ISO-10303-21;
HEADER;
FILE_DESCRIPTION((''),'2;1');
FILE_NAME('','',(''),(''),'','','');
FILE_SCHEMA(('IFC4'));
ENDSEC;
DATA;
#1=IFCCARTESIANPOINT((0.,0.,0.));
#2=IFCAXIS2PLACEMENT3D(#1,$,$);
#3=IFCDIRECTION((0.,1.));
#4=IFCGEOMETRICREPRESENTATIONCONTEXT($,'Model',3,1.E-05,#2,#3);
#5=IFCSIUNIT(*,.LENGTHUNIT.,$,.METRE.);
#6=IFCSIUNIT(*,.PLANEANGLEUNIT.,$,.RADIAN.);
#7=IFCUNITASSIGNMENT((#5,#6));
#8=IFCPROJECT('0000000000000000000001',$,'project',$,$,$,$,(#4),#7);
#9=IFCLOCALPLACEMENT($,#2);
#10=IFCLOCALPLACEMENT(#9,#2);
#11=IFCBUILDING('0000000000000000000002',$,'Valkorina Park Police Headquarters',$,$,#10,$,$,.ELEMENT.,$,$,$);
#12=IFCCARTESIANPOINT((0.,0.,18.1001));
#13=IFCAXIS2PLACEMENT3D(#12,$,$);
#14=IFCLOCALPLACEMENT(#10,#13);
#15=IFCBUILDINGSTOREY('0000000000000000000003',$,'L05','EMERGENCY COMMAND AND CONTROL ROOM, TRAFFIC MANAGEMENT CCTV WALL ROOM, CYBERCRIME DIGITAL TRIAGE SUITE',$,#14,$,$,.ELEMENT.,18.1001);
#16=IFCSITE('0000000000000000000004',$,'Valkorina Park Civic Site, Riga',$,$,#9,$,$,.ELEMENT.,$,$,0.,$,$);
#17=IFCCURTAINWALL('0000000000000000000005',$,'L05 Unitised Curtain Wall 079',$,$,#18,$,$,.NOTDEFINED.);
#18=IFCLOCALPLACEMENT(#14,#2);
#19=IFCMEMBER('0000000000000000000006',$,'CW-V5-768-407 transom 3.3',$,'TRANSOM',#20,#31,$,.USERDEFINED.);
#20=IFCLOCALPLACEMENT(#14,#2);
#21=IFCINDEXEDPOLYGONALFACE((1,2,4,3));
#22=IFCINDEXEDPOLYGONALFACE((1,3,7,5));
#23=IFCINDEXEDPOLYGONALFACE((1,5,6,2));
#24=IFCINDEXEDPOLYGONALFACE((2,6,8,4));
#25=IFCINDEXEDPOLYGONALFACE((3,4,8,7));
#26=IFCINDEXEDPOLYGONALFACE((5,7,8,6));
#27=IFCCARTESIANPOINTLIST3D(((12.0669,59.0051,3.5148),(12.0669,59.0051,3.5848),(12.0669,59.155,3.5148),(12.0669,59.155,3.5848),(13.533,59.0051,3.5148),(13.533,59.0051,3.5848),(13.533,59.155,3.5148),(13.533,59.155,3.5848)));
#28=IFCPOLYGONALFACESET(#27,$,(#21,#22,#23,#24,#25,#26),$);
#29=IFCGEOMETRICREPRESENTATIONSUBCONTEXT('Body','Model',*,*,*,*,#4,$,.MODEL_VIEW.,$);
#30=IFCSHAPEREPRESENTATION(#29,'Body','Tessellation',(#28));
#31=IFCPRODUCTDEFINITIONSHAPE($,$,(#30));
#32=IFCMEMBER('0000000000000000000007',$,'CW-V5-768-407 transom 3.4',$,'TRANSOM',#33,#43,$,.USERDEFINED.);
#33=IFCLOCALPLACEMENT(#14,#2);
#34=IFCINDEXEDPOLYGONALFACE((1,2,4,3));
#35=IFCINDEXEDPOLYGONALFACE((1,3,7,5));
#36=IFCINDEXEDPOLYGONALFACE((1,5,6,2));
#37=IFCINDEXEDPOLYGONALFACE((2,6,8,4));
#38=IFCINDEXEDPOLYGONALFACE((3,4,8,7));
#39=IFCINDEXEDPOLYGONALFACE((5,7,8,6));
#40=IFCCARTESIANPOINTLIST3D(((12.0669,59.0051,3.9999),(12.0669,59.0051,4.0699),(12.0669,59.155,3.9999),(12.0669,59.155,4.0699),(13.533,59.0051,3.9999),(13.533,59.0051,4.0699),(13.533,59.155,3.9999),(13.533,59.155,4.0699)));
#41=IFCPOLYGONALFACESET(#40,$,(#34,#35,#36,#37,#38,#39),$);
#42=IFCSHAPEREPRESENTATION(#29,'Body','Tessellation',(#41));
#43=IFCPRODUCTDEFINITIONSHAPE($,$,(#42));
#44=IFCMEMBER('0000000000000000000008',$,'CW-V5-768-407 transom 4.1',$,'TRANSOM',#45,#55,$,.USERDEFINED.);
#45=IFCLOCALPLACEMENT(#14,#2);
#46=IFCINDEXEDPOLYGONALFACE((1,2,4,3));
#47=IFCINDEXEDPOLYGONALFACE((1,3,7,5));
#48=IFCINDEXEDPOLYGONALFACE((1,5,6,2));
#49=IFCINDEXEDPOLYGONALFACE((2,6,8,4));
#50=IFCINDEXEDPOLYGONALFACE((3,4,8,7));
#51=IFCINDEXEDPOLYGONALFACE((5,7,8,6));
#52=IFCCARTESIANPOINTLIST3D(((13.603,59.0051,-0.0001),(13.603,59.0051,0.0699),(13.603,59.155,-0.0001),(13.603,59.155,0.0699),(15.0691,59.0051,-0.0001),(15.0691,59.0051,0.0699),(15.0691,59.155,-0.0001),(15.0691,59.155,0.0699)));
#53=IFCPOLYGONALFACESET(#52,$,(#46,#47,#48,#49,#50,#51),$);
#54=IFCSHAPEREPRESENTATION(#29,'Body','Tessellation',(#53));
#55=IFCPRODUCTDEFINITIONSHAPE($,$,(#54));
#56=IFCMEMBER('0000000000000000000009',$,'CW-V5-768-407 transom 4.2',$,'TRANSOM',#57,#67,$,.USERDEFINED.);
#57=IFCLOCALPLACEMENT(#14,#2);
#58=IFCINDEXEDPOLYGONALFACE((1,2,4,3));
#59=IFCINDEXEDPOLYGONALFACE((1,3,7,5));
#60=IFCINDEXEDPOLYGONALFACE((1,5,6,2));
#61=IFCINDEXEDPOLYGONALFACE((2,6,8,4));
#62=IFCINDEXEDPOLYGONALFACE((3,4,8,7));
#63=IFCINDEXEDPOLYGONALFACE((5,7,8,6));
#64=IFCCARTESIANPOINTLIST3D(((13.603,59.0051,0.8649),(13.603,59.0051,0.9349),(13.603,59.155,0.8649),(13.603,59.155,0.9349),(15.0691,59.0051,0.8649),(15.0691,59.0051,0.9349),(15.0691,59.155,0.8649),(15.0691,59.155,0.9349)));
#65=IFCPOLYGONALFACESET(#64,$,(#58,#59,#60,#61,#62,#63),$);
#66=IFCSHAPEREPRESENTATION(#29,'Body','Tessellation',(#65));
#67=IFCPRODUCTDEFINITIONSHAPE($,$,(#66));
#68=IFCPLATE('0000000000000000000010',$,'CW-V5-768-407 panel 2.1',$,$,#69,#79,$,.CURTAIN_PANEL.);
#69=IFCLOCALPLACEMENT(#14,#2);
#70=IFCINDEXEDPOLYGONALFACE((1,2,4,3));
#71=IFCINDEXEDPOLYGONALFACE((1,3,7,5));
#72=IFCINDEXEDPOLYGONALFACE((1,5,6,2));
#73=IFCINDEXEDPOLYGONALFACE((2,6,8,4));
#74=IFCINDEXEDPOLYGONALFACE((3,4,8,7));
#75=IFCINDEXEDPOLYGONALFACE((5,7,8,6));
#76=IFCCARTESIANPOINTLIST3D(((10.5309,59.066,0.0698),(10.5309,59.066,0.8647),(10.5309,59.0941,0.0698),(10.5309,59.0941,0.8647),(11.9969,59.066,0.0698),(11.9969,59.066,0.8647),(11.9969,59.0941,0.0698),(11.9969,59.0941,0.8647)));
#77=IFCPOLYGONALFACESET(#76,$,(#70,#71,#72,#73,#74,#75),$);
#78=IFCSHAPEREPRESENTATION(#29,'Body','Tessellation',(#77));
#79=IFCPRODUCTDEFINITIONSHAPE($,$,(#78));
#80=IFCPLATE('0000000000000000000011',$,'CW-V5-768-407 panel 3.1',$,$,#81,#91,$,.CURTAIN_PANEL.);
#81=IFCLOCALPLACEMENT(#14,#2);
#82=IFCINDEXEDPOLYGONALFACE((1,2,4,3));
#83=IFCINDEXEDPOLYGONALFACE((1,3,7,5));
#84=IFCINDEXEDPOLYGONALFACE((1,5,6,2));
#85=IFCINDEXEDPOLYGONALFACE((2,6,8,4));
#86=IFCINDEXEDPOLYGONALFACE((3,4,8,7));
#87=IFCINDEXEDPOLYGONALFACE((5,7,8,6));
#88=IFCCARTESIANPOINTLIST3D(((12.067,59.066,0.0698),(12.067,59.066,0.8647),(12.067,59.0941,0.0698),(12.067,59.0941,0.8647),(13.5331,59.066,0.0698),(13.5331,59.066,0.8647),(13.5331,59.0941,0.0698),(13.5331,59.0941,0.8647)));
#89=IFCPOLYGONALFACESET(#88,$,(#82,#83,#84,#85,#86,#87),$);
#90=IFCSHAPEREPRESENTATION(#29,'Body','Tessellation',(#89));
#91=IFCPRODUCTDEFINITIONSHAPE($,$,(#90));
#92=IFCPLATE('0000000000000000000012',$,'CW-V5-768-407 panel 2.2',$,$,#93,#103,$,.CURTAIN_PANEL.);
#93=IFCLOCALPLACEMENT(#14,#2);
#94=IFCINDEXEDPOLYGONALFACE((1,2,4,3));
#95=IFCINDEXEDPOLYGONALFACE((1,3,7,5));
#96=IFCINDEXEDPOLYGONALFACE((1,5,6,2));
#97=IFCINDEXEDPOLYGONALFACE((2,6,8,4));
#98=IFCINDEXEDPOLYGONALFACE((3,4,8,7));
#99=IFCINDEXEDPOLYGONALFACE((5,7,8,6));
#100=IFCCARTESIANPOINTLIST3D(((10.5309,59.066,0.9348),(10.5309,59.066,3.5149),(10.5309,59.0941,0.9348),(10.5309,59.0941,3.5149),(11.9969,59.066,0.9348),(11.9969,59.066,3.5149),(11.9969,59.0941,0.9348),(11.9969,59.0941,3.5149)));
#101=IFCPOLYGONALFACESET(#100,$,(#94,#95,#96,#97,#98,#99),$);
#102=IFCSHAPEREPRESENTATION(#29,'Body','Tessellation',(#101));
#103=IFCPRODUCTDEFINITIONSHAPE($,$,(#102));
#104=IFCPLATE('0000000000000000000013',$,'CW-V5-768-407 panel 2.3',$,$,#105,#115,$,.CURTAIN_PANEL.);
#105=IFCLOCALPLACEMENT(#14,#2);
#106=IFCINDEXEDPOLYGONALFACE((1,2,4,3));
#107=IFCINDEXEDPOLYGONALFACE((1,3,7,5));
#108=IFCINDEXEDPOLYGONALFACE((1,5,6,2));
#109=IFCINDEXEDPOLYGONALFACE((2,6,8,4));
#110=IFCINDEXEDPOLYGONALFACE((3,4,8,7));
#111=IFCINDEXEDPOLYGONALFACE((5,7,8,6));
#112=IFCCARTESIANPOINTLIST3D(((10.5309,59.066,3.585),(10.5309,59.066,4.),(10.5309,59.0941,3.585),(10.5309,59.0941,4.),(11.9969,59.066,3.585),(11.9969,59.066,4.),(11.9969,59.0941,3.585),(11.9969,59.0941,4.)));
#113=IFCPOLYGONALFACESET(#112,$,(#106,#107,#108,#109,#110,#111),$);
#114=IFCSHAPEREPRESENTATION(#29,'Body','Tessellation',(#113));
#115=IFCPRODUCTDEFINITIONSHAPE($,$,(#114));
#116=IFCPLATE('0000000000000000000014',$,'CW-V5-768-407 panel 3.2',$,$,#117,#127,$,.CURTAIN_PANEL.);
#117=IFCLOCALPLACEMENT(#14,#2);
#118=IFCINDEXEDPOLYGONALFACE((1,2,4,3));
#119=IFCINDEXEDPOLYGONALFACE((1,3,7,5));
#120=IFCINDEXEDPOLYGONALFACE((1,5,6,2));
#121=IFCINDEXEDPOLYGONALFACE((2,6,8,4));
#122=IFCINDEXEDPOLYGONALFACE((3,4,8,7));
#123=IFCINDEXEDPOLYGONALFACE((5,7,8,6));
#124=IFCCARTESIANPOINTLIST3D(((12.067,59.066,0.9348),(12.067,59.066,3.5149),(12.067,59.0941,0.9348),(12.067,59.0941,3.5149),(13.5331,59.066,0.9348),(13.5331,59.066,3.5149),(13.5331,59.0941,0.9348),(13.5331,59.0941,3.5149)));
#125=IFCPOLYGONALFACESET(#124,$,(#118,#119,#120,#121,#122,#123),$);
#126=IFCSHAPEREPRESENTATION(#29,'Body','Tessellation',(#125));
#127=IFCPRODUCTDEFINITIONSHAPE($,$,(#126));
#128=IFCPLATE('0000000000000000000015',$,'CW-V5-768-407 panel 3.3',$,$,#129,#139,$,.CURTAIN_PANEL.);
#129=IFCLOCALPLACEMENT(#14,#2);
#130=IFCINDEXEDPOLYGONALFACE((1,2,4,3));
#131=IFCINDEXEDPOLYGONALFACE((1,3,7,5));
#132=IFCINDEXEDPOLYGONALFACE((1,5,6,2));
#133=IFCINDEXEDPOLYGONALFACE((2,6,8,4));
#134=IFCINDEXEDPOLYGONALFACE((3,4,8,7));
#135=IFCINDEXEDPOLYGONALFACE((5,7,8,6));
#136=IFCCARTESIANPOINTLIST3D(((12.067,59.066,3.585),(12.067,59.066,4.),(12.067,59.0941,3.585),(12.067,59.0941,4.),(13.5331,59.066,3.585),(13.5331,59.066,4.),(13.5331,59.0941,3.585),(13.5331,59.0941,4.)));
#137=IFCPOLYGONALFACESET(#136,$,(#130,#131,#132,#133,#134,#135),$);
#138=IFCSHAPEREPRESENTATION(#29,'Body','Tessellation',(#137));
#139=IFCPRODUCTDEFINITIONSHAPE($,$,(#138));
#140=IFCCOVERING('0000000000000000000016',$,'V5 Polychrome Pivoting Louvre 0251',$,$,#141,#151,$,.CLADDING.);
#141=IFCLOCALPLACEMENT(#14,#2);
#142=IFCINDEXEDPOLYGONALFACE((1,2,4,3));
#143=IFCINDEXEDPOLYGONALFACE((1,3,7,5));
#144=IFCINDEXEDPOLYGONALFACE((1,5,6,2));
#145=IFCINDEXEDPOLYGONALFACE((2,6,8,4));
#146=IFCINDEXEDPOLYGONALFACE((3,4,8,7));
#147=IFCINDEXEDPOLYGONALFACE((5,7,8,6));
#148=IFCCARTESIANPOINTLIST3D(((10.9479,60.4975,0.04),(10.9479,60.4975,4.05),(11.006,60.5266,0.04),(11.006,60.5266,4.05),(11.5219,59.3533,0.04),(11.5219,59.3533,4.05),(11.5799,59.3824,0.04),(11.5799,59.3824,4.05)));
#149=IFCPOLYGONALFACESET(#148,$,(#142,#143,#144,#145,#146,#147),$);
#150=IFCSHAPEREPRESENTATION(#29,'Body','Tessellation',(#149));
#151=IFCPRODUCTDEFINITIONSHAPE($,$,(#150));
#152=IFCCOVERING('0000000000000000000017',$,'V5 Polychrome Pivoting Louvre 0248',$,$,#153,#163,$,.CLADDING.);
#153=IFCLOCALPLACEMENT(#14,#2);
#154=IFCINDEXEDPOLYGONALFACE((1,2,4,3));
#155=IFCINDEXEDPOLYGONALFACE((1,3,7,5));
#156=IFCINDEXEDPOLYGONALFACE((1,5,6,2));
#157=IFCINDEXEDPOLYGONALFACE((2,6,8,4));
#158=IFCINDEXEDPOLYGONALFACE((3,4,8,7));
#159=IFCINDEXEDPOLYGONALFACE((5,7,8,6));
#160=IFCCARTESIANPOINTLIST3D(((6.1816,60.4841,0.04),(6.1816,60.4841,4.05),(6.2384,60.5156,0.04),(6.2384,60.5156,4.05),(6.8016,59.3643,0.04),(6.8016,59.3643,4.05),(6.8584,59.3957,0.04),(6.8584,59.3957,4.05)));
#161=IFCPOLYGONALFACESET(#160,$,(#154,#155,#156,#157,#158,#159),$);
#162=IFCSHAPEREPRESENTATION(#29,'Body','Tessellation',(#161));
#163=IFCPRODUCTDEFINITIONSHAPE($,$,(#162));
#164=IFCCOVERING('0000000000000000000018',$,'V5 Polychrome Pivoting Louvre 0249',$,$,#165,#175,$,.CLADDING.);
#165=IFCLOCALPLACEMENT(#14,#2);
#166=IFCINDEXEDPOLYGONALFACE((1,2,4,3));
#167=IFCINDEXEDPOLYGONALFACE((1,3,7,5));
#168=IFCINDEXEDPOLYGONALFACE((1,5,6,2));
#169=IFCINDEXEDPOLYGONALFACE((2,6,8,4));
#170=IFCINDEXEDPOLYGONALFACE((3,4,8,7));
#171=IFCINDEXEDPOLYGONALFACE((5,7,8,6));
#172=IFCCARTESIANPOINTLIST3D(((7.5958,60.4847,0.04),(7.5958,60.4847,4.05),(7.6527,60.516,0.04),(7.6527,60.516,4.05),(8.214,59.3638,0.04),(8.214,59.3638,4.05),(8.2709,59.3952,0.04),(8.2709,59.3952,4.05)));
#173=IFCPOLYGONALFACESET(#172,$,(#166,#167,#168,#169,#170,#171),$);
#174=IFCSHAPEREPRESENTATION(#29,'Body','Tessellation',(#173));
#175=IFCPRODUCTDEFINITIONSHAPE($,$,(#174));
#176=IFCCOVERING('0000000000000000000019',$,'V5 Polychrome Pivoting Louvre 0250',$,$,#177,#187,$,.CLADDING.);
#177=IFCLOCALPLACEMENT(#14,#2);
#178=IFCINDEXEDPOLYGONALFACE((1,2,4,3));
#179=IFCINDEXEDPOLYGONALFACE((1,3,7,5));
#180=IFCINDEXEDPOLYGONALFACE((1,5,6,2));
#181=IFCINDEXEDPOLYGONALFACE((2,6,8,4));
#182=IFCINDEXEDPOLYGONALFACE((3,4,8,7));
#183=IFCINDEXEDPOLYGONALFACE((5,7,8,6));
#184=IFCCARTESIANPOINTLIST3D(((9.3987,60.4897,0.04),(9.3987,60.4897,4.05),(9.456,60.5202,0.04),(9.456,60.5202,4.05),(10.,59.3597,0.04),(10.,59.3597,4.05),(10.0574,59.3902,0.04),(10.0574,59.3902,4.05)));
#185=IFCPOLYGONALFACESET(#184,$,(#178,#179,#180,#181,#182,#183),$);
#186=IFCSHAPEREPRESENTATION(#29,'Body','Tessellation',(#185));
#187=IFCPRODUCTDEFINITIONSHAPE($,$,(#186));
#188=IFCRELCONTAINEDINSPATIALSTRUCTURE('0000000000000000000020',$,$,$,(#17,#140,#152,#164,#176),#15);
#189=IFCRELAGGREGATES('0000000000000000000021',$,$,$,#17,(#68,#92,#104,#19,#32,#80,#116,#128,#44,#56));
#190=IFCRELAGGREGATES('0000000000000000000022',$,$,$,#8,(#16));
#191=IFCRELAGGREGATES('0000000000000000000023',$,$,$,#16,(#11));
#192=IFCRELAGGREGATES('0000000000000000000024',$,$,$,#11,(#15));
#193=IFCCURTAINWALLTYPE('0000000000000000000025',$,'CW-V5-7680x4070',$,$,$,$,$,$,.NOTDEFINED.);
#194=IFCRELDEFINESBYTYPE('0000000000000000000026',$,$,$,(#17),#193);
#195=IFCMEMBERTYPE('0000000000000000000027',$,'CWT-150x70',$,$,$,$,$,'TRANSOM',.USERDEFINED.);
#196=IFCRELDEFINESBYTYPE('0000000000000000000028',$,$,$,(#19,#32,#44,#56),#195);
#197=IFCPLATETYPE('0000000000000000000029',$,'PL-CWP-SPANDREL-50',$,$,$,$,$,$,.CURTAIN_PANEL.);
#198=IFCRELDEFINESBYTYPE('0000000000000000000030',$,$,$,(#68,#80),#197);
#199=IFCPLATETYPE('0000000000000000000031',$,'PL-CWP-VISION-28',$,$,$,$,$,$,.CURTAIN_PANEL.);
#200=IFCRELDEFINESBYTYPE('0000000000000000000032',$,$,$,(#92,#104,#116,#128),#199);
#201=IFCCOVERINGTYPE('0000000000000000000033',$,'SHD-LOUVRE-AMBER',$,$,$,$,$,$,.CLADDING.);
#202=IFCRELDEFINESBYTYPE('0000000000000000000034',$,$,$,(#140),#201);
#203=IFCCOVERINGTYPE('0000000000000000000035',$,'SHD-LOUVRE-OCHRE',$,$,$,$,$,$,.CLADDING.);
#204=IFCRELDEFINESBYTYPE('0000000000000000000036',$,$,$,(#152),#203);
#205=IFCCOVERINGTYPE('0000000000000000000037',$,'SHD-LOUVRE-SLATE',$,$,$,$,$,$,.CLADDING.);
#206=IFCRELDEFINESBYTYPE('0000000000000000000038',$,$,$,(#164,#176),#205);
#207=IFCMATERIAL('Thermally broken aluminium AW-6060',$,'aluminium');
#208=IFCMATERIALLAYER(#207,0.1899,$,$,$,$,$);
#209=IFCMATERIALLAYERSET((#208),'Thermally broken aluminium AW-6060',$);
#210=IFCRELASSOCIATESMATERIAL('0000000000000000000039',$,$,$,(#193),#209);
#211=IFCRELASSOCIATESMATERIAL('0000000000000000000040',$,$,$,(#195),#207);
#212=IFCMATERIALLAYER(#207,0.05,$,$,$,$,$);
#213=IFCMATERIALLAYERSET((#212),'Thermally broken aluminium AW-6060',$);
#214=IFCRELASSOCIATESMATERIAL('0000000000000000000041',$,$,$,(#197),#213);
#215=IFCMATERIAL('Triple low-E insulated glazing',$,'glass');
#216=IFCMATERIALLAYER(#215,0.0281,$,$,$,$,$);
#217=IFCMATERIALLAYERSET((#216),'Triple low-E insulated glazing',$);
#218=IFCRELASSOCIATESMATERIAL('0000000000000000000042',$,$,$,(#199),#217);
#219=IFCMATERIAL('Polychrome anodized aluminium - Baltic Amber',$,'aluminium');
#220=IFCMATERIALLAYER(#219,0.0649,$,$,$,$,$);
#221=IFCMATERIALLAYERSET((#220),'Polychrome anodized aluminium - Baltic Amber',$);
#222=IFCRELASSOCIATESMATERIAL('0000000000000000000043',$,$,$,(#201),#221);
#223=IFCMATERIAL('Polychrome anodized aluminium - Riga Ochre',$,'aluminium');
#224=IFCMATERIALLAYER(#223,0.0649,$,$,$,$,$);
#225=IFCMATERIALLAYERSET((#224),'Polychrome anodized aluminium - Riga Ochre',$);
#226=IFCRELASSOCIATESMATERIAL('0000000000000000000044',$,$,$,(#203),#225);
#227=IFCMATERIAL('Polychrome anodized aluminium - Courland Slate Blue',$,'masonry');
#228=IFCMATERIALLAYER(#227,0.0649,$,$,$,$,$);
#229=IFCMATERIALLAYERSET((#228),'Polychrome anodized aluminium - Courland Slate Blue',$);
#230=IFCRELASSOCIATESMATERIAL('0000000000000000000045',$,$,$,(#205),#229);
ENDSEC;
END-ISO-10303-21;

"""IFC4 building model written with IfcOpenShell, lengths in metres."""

from ifc_helpers import new_model, si_unit, direction, frame, origin, origin_2d, place, context, subcontext, project, spatial, rectangle, extrude, material, layer, layer_set, material_profile, profile_set, type_object, element, aggregate, save


model = new_model("IFC4")

# Units and contexts
model_context = context("Model", 3, precision=1e-05, world=origin(), true_north=direction((0.0, 1.0)))
body_context = subcontext(model_context, "Body", "Model", "MODEL_VIEW")
ifc_project = project(units=[si_unit("LENGTHUNIT", "METRE"), si_unit("PLANEANGLEUNIT", "RADIAN")], contexts=[model_context])

# Site, building, storey
site_placement = place(None, origin())
site = spatial("IfcSite", under=ifc_project, at=site_placement, Name="Valkorina Park Civic Site, Riga", CompositionType="ELEMENT", RefElevation=0.0)
building_placement = place(site_placement, origin())
building = spatial("IfcBuilding", under=site, at=building_placement, Name="Valkorina Park Police Headquarters", CompositionType="ELEMENT")
storey_placement = place(building_placement, frame((0.0, 0.0, 18.1001)))
storey = spatial("IfcBuildingStorey", under=building, at=storey_placement, Name="L05", Description="EMERGENCY COMMAND AND CONTROL ROOM, TRAFFIC MANAGEMENT CCTV WALL ROOM, CYBERCRIME DIGITAL TRIAGE SUITE", CompositionType="ELEMENT", Elevation=18.1001)

# Curtain wall, members, plates
ifc_material_1 = material(Name="Thermally broken aluminium AW-6060", Category="aluminium")
ifc_layer_1 = layer(ifc_material_1, 0.1899)
ifc_layer_set_1 = layer_set([ifc_layer_1], Name="Thermally broken aluminium AW-6060")
curtain_wall_type = type_object("IfcCurtainWallType", Name="CW-V5-7680x4070", PredefinedType="NOTDEFINED", material=ifc_layer_set_1)
curtain_wall_placement = place(storey_placement, origin())
curtain_wall = element("IfcCurtainWall", 1, at=curtain_wall_placement, inside=storey, type_object=curtain_wall_type, Name="L05 Unitised Curtain Wall 079", PredefinedType="NOTDEFINED")
ifc_material_profile_1 = material_profile(ifc_material_1, rectangle(XDim=0.1499, YDim=0.0701, at=origin_2d()), Name="CWT-02 150x70")
ifc_profile_set_1 = profile_set([ifc_material_profile_1], Name="Thermally broken aluminium AW-6060")
member_type_1 = type_object("IfcMemberType", Name="CWT-150x70", ElementType="TRANSOM", PredefinedType="USERDEFINED", material=ifc_profile_set_1)
member_1_placement = place(storey_placement, frame((12.0669, 59.0801, 3.5498), z_axis=(1.0, 0.0, 0.0), x_axis=(0.0, 1.0, 0.0)))
member_1 = element("IfcMember", 2, at=member_1_placement, type_object=member_type_1, Name="CW-V5-768-407 transom 3.3", ObjectType="TRANSOM", PredefinedType="USERDEFINED", context=body_context, shape_type="SweptSolid", body=[
    extrude(rectangle(XDim=0.1499, YDim=0.0701, at=origin_2d()), origin(), (0.0, 0.0, 1.0), 1.4661),
])
member_2_placement = place(storey_placement, frame((12.0669, 59.0801, 4.0349), z_axis=(1.0, 0.0, 0.0), x_axis=(0.0, 1.0, 0.0)))
member_2 = element("IfcMember", 3, at=member_2_placement, type_object=member_type_1, Name="CW-V5-768-407 transom 3.4", ObjectType="TRANSOM", PredefinedType="USERDEFINED", context=body_context, shape_type="SweptSolid", body=[
    extrude(rectangle(XDim=0.1499, YDim=0.0701, at=origin_2d()), origin(), (0.0, 0.0, 1.0), 1.4661),
])
member_3_placement = place(storey_placement, frame((13.603, 59.0801, 0.0349), z_axis=(1.0, 0.0, 0.0), x_axis=(0.0, 1.0, 0.0)))
member_3 = element("IfcMember", 4, at=member_3_placement, type_object=member_type_1, Name="CW-V5-768-407 transom 4.1", ObjectType="TRANSOM", PredefinedType="USERDEFINED", context=body_context, shape_type="SweptSolid", body=[
    extrude(rectangle(XDim=0.1499, YDim=0.0701, at=origin_2d()), origin(), (0.0, 0.0, 1.0), 1.4661),
])
member_4_placement = place(storey_placement, frame((13.603, 59.0801, 0.8999), z_axis=(1.0, 0.0, 0.0), x_axis=(0.0, 1.0, 0.0)))
member_4 = element("IfcMember", 5, at=member_4_placement, type_object=member_type_1, Name="CW-V5-768-407 transom 4.2", ObjectType="TRANSOM", PredefinedType="USERDEFINED", context=body_context, shape_type="SweptSolid", body=[
    extrude(rectangle(XDim=0.1499, YDim=0.0701, at=origin_2d()), origin(), (0.0, 0.0, 1.0), 1.4661),
])
ifc_layer_2 = layer(ifc_material_1, 0.05)
ifc_layer_set_2 = layer_set([ifc_layer_2], Name="Thermally broken aluminium AW-6060")
plate_type_1 = type_object("IfcPlateType", Name="PL-CWP-SPANDREL-50", PredefinedType="CURTAIN_PANEL", material=ifc_layer_set_2)
plate_1_placement = place(storey_placement, frame((11.2639, 59.0801, 0.0698), z_axis=(0.0, 0.0, 1.0), x_axis=(1.0, 0.0, 0.0)))
plate_1 = element("IfcPlate", 6, at=plate_1_placement, type_object=plate_type_1, Name="CW-V5-768-407 panel 2.1", PredefinedType="CURTAIN_PANEL", context=body_context, shape_type="SweptSolid", body=[
    extrude(rectangle(XDim=1.4661, YDim=0.0281, at=origin_2d()), origin(), (0.0, 0.0, 1.0), 0.7949),
])
plate_2_placement = place(storey_placement, frame((12.8, 59.0801, 0.0698), z_axis=(0.0, 0.0, 1.0), x_axis=(1.0, 0.0, 0.0)))
plate_2 = element("IfcPlate", 7, at=plate_2_placement, type_object=plate_type_1, Name="CW-V5-768-407 panel 3.1", PredefinedType="CURTAIN_PANEL", context=body_context, shape_type="SweptSolid", body=[
    extrude(rectangle(XDim=1.4661, YDim=0.0281, at=origin_2d()), origin(), (0.0, 0.0, 1.0), 0.7949),
])
ifc_material_2 = material(Name="Triple low-E insulated glazing", Category="glass")
ifc_layer_3 = layer(ifc_material_2, 0.0281)
ifc_layer_set_3 = layer_set([ifc_layer_3], Name="Triple low-E insulated glazing")
plate_type_2 = type_object("IfcPlateType", Name="PL-CWP-VISION-28", PredefinedType="CURTAIN_PANEL", material=ifc_layer_set_3)
plate_3_placement = place(storey_placement, frame((11.2639, 59.0801, 0.9348), z_axis=(0.0, 0.0, 1.0), x_axis=(1.0, 0.0, 0.0)))
plate_3 = element("IfcPlate", 8, at=plate_3_placement, type_object=plate_type_2, Name="CW-V5-768-407 panel 2.2", PredefinedType="CURTAIN_PANEL", context=body_context, shape_type="SweptSolid", body=[
    extrude(rectangle(XDim=1.4661, YDim=0.0281, at=origin_2d()), origin(), (0.0, 0.0, 1.0), 2.5801),
])
plate_4_placement = place(storey_placement, frame((11.2639, 59.0801, 3.585), z_axis=(0.0, 0.0, 1.0), x_axis=(1.0, 0.0, 0.0)))
plate_4 = element("IfcPlate", 9, at=plate_4_placement, type_object=plate_type_2, Name="CW-V5-768-407 panel 2.3", PredefinedType="CURTAIN_PANEL", context=body_context, shape_type="SweptSolid", body=[
    extrude(rectangle(XDim=1.4661, YDim=0.0281, at=origin_2d()), origin(), (0.0, 0.0, 1.0), 0.415),
])
plate_5_placement = place(storey_placement, frame((12.8, 59.0801, 0.9348), z_axis=(0.0, 0.0, 1.0), x_axis=(1.0, 0.0, 0.0)))
plate_5 = element("IfcPlate", 10, at=plate_5_placement, type_object=plate_type_2, Name="CW-V5-768-407 panel 3.2", PredefinedType="CURTAIN_PANEL", context=body_context, shape_type="SweptSolid", body=[
    extrude(rectangle(XDim=1.4661, YDim=0.0281, at=origin_2d()), origin(), (0.0, 0.0, 1.0), 2.5801),
])
plate_6_placement = place(storey_placement, frame((12.8, 59.0801, 3.585), z_axis=(0.0, 0.0, 1.0), x_axis=(1.0, 0.0, 0.0)))
plate_6 = element("IfcPlate", 11, at=plate_6_placement, type_object=plate_type_2, Name="CW-V5-768-407 panel 3.3", PredefinedType="CURTAIN_PANEL", context=body_context, shape_type="SweptSolid", body=[
    extrude(rectangle(XDim=1.4661, YDim=0.0281, at=origin_2d()), origin(), (0.0, 0.0, 1.0), 0.415),
])
aggregate(curtain_wall, [plate_1, plate_3, plate_4, member_1, member_2, plate_2, plate_5, plate_6, member_3, member_4])

# Coverings
ifc_material_3 = material(Name="Polychrome anodized aluminium - Baltic Amber", Category="aluminium")
ifc_layer_4 = layer(ifc_material_3, 0.0649)
ifc_layer_set_4 = layer_set([ifc_layer_4], Name="Polychrome anodized aluminium - Baltic Amber")
covering_type_1 = type_object("IfcCoveringType", Name="SHD-LOUVRE-AMBER", PredefinedType="CLADDING", material=ifc_layer_set_4)
covering_1_placement = place(storey_placement, frame((11.2639, 59.9399, 0.04), z_axis=(0.0, 0.0, 1.0), x_axis=(-0.448383, 0.893841, 0.0)))
element("IfcCovering", 12, at=covering_1_placement, inside=storey, type_object=covering_type_1, Name="V5 Polychrome Pivoting Louvre 0251", PredefinedType="CLADDING", context=body_context, shape_type="SweptSolid", body=[
    extrude(rectangle(XDim=1.28, YDim=0.0649, at=origin_2d()), origin(), (0.0, 0.0, 1.0), 4.01),
])
ifc_material_4 = material(Name="Polychrome anodized aluminium - Riga Ochre", Category="aluminium")
ifc_layer_5 = layer(ifc_material_4, 0.0649)
ifc_layer_set_5 = layer_set([ifc_layer_5], Name="Polychrome anodized aluminium - Riga Ochre")
covering_type_2 = type_object("IfcCoveringType", Name="SHD-LOUVRE-OCHRE", PredefinedType="CLADDING", material=ifc_layer_set_5)
covering_2_placement = place(storey_placement, frame((6.52, 59.9399, 0.04), z_axis=(0.0, 0.0, 1.0), x_axis=(-0.484352, 0.874873, 0.0)))
element("IfcCovering", 13, at=covering_2_placement, inside=storey, type_object=covering_type_2, Name="V5 Polychrome Pivoting Louvre 0248", PredefinedType="CLADDING", context=body_context, shape_type="SweptSolid", body=[
    extrude(rectangle(XDim=1.28, YDim=0.0649, at=origin_2d()), origin(), (0.0, 0.0, 1.0), 4.01),
])
ifc_material_5 = material(Name="Polychrome anodized aluminium - Courland Slate Blue", Category="masonry")
ifc_layer_6 = layer(ifc_material_5, 0.0649)
ifc_layer_set_6 = layer_set([ifc_layer_6], Name="Polychrome anodized aluminium - Courland Slate Blue")
covering_type_3 = type_object("IfcCoveringType", Name="SHD-LOUVRE-SLATE", PredefinedType="CLADDING", material=ifc_layer_set_6)
for number, where, z_axis, x_axis, name in (
    (14, (7.9333, 59.9399, 0.04), (0.0, 0.0, 1.0), (-0.482977, 0.875633, 0.0), "V5 Polychrome Pivoting Louvre 0249"),
    (15, (9.728, 59.9399, 0.04), (0.0, 0.0, 1.0), (-0.46978, 0.882784, 0.0), "V5 Polychrome Pivoting Louvre 0250"),
):
    element("IfcCovering", number, at=place(storey_placement, frame(where, z_axis=z_axis, x_axis=x_axis)), inside=storey, type_object=covering_type_3, Name=name, PredefinedType="CLADDING", context=body_context, shape_type="SweptSolid", body=[
        extrude(rectangle(XDim=1.28, YDim=0.0649, at=origin_2d()), origin(), (0.0, 0.0, 1.0), 4.01),
    ])

save(model, "model.ifc")
